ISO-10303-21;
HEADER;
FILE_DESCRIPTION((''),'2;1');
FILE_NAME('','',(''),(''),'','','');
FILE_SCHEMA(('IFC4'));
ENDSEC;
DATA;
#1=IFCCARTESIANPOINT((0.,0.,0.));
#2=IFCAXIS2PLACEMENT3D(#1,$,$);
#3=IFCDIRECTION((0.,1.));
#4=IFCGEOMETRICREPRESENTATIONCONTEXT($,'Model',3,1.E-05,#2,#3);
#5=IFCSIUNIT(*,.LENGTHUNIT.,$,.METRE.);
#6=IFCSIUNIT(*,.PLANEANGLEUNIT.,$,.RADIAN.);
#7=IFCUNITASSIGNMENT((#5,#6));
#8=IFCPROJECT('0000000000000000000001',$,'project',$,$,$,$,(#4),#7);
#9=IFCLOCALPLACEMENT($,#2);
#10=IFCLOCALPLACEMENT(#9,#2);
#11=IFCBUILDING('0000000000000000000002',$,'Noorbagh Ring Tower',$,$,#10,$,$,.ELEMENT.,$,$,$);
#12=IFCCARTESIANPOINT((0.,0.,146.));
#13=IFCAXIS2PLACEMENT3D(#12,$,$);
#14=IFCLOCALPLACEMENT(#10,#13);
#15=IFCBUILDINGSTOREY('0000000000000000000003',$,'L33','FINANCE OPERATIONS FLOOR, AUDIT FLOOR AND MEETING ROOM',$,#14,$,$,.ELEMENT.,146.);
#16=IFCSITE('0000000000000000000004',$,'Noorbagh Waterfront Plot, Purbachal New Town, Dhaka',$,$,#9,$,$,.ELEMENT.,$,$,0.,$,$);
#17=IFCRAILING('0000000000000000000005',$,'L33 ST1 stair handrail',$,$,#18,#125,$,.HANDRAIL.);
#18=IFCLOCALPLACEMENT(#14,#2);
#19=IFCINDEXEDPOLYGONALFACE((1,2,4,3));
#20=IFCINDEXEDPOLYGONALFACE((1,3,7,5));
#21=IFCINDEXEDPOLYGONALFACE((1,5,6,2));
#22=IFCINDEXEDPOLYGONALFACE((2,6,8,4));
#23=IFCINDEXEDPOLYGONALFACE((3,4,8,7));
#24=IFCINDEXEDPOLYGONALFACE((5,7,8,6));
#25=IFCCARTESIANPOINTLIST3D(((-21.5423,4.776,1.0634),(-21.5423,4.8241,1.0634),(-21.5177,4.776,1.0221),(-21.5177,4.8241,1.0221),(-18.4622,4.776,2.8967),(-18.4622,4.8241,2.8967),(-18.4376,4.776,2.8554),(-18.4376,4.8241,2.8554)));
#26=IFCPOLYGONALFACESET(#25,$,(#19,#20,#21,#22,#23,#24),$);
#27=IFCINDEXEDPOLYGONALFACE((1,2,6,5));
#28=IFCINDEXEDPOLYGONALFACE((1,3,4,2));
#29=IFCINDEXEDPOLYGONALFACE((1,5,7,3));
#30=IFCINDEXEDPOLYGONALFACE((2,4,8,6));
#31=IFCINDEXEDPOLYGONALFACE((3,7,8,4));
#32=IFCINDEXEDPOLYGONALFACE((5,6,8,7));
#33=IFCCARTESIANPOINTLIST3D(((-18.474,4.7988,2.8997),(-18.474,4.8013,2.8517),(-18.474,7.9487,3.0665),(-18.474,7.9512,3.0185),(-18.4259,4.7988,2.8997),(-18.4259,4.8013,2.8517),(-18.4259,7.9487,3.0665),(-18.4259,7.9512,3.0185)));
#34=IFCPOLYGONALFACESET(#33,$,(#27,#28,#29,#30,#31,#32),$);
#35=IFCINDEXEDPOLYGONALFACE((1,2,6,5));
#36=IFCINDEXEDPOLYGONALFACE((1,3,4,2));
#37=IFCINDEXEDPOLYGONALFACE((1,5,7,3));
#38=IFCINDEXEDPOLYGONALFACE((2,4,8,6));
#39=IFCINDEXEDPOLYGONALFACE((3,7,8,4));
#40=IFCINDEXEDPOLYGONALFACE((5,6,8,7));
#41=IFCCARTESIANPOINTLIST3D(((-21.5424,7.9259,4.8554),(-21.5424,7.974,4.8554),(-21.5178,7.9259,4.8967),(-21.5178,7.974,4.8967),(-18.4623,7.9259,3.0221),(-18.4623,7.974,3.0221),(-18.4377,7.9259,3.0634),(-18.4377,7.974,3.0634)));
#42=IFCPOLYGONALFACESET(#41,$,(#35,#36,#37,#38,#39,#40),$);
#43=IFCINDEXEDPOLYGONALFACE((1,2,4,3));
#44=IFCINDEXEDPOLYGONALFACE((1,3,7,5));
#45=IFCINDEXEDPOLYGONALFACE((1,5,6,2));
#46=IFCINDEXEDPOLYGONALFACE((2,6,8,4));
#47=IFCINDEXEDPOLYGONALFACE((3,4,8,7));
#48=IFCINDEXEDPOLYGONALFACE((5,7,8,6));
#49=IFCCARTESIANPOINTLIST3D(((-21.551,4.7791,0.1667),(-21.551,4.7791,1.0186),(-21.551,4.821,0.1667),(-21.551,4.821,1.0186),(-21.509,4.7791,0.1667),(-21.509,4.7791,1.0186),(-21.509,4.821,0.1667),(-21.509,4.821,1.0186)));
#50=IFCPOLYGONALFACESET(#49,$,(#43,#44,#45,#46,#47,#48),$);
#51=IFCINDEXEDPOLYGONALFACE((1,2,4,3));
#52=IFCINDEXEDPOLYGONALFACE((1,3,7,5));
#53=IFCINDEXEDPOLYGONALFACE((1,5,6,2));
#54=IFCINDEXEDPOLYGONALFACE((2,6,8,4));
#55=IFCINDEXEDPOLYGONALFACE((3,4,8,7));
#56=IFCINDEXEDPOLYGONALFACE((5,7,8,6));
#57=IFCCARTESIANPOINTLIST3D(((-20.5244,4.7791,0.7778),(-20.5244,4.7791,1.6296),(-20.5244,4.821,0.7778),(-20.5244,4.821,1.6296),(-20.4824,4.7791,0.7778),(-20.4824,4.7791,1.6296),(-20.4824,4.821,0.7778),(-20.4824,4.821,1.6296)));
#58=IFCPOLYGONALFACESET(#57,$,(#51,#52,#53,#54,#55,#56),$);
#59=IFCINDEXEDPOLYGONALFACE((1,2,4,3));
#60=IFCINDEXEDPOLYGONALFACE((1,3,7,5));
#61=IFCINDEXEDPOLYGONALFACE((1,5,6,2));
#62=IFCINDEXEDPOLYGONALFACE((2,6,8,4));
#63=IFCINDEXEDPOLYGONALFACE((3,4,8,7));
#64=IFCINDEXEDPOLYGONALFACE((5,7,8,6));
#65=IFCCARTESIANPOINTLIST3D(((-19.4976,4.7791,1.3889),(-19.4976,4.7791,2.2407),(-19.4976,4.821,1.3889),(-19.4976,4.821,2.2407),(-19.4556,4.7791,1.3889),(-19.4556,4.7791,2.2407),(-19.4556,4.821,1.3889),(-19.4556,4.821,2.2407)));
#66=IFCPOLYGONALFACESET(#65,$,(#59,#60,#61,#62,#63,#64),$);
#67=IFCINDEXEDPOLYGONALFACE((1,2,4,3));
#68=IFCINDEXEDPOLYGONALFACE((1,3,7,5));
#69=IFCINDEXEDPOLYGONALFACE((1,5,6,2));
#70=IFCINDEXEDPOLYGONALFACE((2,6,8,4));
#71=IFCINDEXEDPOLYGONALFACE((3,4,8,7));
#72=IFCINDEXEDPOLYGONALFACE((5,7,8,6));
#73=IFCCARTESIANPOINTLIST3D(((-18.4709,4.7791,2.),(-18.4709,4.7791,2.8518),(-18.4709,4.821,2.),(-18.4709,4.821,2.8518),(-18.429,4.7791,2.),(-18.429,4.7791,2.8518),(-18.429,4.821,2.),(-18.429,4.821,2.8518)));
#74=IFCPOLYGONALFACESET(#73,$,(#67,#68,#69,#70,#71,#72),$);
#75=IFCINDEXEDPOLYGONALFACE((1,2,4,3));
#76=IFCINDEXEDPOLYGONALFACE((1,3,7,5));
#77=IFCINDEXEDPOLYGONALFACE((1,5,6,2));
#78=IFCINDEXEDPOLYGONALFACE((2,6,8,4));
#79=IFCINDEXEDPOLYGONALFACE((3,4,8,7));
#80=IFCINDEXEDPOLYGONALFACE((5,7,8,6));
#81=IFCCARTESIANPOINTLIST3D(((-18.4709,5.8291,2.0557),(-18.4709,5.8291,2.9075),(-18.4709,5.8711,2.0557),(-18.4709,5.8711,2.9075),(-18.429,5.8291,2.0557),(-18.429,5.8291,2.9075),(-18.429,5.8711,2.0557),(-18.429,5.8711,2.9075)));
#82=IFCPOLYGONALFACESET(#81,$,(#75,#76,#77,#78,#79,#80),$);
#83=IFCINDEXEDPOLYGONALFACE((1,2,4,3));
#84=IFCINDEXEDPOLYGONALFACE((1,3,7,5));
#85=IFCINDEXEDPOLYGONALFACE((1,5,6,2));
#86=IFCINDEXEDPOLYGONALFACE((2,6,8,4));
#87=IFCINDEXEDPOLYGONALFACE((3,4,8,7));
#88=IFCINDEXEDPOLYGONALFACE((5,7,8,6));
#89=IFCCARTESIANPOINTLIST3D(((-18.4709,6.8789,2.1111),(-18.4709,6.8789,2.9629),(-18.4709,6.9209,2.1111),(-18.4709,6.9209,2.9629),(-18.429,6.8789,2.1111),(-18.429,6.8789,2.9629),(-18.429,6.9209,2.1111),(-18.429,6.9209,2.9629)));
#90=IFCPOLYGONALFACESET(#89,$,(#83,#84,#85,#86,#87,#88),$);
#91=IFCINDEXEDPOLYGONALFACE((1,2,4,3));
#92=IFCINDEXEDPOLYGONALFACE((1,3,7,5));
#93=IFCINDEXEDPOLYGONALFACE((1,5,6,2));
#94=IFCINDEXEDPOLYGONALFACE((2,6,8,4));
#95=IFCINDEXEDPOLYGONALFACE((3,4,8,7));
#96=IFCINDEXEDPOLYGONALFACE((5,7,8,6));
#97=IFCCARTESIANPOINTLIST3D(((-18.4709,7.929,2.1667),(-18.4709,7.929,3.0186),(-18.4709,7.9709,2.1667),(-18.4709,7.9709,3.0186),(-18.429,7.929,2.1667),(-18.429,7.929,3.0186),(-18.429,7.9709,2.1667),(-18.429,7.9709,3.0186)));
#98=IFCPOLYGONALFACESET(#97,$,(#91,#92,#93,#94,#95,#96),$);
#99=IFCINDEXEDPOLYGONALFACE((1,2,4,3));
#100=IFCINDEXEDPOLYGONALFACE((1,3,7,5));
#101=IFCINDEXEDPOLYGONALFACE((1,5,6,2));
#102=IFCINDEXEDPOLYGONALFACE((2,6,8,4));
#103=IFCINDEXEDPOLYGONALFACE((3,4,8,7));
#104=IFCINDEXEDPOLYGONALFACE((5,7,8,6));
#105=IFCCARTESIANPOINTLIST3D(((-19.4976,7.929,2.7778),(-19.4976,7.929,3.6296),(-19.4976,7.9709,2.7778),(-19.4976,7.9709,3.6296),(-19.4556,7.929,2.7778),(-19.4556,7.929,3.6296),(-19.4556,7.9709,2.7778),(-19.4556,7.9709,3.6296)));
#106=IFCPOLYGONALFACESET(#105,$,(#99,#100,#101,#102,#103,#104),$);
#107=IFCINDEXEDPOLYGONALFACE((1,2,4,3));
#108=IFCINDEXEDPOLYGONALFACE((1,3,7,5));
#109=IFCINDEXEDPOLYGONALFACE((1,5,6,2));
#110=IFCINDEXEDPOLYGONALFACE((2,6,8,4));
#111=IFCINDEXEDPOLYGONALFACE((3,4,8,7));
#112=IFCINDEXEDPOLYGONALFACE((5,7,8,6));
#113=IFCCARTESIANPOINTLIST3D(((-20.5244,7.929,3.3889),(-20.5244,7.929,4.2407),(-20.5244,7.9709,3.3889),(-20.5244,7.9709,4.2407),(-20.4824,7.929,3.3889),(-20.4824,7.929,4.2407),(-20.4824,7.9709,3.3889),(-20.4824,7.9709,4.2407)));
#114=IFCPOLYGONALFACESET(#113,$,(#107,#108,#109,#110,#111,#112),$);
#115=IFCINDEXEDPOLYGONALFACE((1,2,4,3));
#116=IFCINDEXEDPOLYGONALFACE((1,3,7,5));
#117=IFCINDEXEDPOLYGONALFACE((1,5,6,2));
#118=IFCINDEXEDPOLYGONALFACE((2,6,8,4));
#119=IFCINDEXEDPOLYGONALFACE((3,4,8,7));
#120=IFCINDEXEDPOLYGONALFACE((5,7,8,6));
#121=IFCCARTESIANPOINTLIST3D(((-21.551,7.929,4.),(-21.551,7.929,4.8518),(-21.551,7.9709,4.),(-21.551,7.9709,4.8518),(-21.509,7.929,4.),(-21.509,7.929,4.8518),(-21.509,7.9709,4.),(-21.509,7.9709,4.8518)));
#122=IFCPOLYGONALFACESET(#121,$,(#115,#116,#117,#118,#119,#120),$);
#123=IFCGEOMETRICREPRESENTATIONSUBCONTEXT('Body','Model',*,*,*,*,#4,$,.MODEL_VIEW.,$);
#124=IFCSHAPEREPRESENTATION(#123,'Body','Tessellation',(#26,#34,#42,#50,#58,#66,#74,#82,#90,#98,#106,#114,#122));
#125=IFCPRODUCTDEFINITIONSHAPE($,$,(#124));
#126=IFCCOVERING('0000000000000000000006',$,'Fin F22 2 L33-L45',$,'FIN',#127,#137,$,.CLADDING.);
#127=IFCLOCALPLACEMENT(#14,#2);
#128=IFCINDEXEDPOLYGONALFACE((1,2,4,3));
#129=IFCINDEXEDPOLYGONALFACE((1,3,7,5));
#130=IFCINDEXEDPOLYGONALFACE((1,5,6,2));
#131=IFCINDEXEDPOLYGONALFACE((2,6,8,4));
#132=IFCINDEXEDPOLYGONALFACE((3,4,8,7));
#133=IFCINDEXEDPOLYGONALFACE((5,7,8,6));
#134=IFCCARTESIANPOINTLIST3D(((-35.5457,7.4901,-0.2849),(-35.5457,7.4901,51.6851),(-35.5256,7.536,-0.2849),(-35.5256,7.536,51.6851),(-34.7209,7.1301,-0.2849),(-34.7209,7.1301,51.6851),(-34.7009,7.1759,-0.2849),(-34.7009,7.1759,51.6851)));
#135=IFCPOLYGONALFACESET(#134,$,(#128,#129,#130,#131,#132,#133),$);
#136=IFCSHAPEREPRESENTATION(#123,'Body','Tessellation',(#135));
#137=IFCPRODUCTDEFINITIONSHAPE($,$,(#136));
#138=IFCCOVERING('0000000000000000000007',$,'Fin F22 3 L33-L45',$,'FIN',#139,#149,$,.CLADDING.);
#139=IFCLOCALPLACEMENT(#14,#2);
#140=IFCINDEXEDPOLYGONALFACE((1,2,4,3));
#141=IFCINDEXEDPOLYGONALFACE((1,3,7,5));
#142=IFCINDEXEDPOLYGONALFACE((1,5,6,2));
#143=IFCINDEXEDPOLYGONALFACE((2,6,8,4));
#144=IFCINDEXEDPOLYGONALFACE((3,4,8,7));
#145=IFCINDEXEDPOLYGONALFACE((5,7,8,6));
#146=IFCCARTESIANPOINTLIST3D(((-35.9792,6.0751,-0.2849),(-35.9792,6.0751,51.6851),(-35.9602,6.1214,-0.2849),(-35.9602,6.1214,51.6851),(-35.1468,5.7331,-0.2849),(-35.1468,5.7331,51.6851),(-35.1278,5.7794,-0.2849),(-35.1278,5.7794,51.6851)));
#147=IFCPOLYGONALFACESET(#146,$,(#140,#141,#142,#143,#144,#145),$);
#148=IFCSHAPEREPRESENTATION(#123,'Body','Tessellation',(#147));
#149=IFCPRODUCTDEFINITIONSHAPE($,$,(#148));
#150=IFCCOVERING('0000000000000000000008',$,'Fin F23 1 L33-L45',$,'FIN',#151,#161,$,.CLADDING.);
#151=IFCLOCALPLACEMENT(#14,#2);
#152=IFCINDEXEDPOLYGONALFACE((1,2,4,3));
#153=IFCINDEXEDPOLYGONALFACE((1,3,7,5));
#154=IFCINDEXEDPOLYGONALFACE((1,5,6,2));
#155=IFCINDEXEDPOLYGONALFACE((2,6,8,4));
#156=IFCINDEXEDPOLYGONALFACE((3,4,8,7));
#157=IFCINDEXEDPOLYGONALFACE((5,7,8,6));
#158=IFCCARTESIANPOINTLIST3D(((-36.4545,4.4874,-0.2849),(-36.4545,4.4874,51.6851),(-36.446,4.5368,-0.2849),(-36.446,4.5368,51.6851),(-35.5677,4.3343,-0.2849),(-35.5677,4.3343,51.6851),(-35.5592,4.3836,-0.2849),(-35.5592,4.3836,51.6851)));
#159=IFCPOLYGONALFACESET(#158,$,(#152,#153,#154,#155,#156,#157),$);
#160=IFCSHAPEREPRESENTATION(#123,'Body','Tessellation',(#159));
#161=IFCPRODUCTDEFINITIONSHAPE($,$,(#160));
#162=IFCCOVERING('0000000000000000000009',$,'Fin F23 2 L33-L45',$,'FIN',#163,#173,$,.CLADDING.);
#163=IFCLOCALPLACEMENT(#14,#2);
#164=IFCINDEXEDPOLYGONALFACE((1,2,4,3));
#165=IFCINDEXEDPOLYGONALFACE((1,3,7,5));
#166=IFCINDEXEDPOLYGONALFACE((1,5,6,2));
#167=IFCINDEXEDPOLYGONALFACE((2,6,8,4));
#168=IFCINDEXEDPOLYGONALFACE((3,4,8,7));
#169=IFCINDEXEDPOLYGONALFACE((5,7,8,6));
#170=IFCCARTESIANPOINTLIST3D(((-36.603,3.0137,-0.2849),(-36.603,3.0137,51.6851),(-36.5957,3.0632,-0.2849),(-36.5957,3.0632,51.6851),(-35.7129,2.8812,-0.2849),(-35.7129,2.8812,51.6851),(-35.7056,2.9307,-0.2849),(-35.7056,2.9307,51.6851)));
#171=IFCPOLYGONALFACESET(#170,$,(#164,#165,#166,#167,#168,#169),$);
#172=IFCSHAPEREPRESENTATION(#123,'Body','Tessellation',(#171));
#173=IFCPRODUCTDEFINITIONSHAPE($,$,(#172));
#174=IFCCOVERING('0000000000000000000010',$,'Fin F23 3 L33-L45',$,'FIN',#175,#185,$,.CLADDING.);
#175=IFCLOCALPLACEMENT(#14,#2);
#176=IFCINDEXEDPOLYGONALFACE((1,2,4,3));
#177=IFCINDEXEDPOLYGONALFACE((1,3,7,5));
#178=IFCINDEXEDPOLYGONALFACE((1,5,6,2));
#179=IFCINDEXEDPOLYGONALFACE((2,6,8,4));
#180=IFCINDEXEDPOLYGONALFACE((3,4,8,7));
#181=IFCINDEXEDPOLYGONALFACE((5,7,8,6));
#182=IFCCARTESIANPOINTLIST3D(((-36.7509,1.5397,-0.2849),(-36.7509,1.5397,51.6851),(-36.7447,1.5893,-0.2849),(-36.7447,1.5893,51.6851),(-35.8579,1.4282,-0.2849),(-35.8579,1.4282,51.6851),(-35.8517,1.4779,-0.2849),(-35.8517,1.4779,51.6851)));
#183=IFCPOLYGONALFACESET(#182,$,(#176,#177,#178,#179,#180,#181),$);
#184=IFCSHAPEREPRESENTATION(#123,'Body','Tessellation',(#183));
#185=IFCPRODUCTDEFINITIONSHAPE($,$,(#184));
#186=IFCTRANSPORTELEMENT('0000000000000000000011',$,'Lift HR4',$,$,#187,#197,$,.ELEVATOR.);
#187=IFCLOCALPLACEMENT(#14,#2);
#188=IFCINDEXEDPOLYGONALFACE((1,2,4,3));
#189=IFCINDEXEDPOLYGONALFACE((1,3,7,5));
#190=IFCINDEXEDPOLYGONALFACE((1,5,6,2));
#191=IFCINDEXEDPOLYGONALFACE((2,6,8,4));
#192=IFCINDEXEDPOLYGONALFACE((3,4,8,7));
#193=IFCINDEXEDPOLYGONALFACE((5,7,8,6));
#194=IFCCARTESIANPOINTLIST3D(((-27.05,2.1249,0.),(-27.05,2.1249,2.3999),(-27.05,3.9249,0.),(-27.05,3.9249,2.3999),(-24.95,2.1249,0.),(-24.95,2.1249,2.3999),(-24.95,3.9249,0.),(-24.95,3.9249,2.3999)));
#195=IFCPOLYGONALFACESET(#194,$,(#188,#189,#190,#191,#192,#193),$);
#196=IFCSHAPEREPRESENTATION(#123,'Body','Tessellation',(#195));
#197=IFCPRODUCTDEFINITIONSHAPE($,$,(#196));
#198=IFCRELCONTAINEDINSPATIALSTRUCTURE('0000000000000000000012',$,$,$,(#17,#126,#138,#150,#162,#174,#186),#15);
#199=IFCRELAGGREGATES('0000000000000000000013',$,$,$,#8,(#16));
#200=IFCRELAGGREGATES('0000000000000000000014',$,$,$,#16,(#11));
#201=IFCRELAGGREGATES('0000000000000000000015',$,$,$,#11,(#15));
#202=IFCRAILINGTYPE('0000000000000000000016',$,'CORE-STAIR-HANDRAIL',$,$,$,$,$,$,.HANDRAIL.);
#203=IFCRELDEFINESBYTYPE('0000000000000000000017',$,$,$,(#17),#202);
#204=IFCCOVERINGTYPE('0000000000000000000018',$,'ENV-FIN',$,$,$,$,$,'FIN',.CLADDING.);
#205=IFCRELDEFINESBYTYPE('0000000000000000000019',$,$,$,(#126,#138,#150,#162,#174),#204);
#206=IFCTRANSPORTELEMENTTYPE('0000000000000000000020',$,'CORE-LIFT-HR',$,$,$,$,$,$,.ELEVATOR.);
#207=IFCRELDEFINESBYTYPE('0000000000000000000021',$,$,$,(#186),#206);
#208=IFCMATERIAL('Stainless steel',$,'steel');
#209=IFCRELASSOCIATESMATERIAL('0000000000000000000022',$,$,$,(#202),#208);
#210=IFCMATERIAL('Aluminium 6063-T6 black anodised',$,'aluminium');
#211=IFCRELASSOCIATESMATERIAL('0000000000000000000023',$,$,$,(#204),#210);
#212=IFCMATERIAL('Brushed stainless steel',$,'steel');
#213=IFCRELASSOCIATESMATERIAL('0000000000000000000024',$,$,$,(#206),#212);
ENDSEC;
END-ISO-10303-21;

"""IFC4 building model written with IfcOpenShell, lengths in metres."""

from ifc_helpers import new_model, si_unit, direction, frame, origin, origin_2d, place, context, subcontext, project, spatial, rectangle, extrude, material, material_profile, profile_set, type_object, element, save


model = new_model("IFC4")

# Units and contexts
model_context = context("Model", 3, precision=1e-05, world=origin(), true_north=direction((0.0, 1.0)))
body_context = subcontext(model_context, "Body", "Model", "MODEL_VIEW")
ifc_project = project(units=[si_unit("LENGTHUNIT", "METRE"), si_unit("PLANEANGLEUNIT", "RADIAN")], contexts=[model_context])

# Site, building, storey
site_placement = place(None, origin())
site = spatial("IfcSite", under=ifc_project, at=site_placement, Name="Noorbagh Waterfront Plot, Purbachal New Town, Dhaka", CompositionType="ELEMENT", RefElevation=0.0)
building_placement = place(site_placement, origin())
building = spatial("IfcBuilding", under=site, at=building_placement, Name="Noorbagh Ring Tower", CompositionType="ELEMENT")
storey_placement = place(building_placement, frame((0.0, 0.0, 146.0)))
storey = spatial("IfcBuildingStorey", under=building, at=storey_placement, Name="L33", Description="FINANCE OPERATIONS FLOOR, AUDIT FLOOR AND MEETING ROOM", CompositionType="ELEMENT", Elevation=146.0)

# Railing
ifc_material_1 = material(Name="Stainless steel", Category="steel")
railing_type_1 = type_object("IfcRailingType", Name="CORE-STAIR-HANDRAIL", PredefinedType="HANDRAIL", material=ifc_material_1)
railing_1_placement = place(storey_placement, frame((-21.53, 4.8, 0.1667)))
element("IfcRailing", 1, at=railing_1_placement, inside=storey, type_object=railing_type_1, Name="L33 ST1 stair handrail", PredefinedType="HANDRAIL", context=body_context, shape_type="SweptSolid", body=[
    extrude(rectangle(XDim=0.0481, YDim=0.0481, at=origin_2d()), frame((0.0, 0.0, 0.876), z_axis=(0.859309, 0.0, 0.511458), x_axis=(0.0, 1.0, 0.0)), (0.0, 0.0, 1.0), 3.5845),
    extrude(rectangle(XDim=0.0481, YDim=0.0481, at=origin_2d()), frame((3.0801, 0.0, 2.709), z_axis=(0.0, 0.998602, 0.052864), x_axis=(-1.0, 0.0, 0.0)), (0.0, 0.0, 1.0), 3.1543),
    extrude(rectangle(XDim=0.0481, YDim=0.0481, at=origin_2d()), frame((3.0801, 3.1499, 2.876), z_axis=(-0.859309, 0.0, 0.511458), x_axis=(0.0, -1.0, 0.0)), (0.0, 0.0, 1.0), 3.5845),
    extrude(rectangle(XDim=0.042, YDim=0.042, at=origin_2d()), origin(), (0.0, 0.0, 1.0), 0.8518),
    extrude(rectangle(XDim=0.042, YDim=0.042, at=origin_2d()), frame((1.0266, 0.0, 0.6111)), (0.0, 0.0, 1.0), 0.8518),
    extrude(rectangle(XDim=0.042, YDim=0.042, at=origin_2d()), frame((2.0535, 0.0, 1.2222)), (0.0, 0.0, 1.0), 0.8518),
    extrude(rectangle(XDim=0.042, YDim=0.042, at=origin_2d()), frame((3.0801, 0.0, 1.8333)), (0.0, 0.0, 1.0), 0.8518),
    extrude(rectangle(XDim=0.042, YDim=0.042, at=origin_2d()), frame((3.0801, 1.05, 1.8889)), (0.0, 0.0, 1.0), 0.8518),
    extrude(rectangle(XDim=0.042, YDim=0.042, at=origin_2d()), frame((3.0801, 2.0999, 1.9443)), (0.0, 0.0, 1.0), 0.8518),
    extrude(rectangle(XDim=0.042, YDim=0.042, at=origin_2d()), frame((3.0801, 3.1499, 2.0)), (0.0, 0.0, 1.0), 0.8518),
    extrude(rectangle(XDim=0.042, YDim=0.042, at=origin_2d()), frame((2.0535, 3.1499, 2.6111)), (0.0, 0.0, 1.0), 0.8518),
    extrude(rectangle(XDim=0.042, YDim=0.042, at=origin_2d()), frame((1.0266, 3.1499, 3.2222)), (0.0, 0.0, 1.0), 0.8518),
    extrude(rectangle(XDim=0.042, YDim=0.042, at=origin_2d()), frame((0.0, 3.1499, 3.8333)), (0.0, 0.0, 1.0), 0.8518),
])

# Coverings
ifc_material_2 = material(Name="Aluminium 6063-T6 black anodised", Category="aluminium")
ifc_material_profile_1 = material_profile(ifc_material_2, rectangle(XDim=0.8999, YDim=0.05, at=origin_2d()), Name="900x50")
ifc_profile_set_1 = profile_set([ifc_material_profile_1], Name="Aluminium 6063-T6 black anodised")
covering_type = type_object("IfcCoveringType", Name="ENV-FIN", ElementType="FIN", PredefinedType="CLADDING", material=ifc_profile_set_1)
for number, where, z_axis, x_axis, name in (
    (2, (-35.1233, 7.333, -0.2849), (0.0, 0.0, 1.0), (-0.916475, 0.400092, 0.0), "Fin F22 2 L33-L45"),
    (3, (-35.5535, 5.9272, -0.2849), (0.0, 0.0, 1.0), (-0.925001, 0.379965, 0.0), "Fin F22 3 L33-L45"),
    (4, (-36.0068, 4.4355, -0.2849), (0.0, 0.0, 1.0), (-0.985419, 0.170147, 0.0), "Fin F23 1 L33-L45"),
    (5, (-36.1543, 2.9722, -0.2849), (0.0, 0.0, 1.0), (-0.989103, 0.147226, 0.0), "Fin F23 2 L33-L45"),
    (6, (-36.3013, 1.5088, -0.2849), (0.0, 0.0, 1.0), (-0.992303, 0.123835, 0.0), "Fin F23 3 L33-L45"),
):
    element("IfcCovering", number, at=place(storey_placement, frame(where, z_axis=z_axis, x_axis=x_axis)), inside=storey, type_object=covering_type, Name=name, ObjectType="FIN", PredefinedType="CLADDING", context=body_context, shape_type="SweptSolid", body=[
        extrude(rectangle(XDim=0.8999, YDim=0.05, at=origin_2d()), origin(), (0.0, 0.0, 1.0), 51.97),
    ])

# Transport element
ifc_material_3 = material(Name="Brushed stainless steel", Category="steel")
transport_element_type = type_object("IfcTransportElementType", Name="CORE-LIFT-HR", PredefinedType="ELEVATOR", material=ifc_material_3)
transport_element_placement = place(storey_placement, frame((-26.0, 3.0249, 0.0), z_axis=(0.0, 0.0, 1.0), x_axis=(1.0, 0.0, 0.0)))
element("IfcTransportElement", 7, at=transport_element_placement, inside=storey, type_object=transport_element_type, Name="Lift HR4", PredefinedType="ELEVATOR", context=body_context, shape_type="SweptSolid", body=[
    extrude(rectangle(XDim=2.1001, YDim=1.8, at=origin_2d()), origin(), (0.0, 0.0, 1.0), 2.3999),
])

save(model, "model.ifc")
